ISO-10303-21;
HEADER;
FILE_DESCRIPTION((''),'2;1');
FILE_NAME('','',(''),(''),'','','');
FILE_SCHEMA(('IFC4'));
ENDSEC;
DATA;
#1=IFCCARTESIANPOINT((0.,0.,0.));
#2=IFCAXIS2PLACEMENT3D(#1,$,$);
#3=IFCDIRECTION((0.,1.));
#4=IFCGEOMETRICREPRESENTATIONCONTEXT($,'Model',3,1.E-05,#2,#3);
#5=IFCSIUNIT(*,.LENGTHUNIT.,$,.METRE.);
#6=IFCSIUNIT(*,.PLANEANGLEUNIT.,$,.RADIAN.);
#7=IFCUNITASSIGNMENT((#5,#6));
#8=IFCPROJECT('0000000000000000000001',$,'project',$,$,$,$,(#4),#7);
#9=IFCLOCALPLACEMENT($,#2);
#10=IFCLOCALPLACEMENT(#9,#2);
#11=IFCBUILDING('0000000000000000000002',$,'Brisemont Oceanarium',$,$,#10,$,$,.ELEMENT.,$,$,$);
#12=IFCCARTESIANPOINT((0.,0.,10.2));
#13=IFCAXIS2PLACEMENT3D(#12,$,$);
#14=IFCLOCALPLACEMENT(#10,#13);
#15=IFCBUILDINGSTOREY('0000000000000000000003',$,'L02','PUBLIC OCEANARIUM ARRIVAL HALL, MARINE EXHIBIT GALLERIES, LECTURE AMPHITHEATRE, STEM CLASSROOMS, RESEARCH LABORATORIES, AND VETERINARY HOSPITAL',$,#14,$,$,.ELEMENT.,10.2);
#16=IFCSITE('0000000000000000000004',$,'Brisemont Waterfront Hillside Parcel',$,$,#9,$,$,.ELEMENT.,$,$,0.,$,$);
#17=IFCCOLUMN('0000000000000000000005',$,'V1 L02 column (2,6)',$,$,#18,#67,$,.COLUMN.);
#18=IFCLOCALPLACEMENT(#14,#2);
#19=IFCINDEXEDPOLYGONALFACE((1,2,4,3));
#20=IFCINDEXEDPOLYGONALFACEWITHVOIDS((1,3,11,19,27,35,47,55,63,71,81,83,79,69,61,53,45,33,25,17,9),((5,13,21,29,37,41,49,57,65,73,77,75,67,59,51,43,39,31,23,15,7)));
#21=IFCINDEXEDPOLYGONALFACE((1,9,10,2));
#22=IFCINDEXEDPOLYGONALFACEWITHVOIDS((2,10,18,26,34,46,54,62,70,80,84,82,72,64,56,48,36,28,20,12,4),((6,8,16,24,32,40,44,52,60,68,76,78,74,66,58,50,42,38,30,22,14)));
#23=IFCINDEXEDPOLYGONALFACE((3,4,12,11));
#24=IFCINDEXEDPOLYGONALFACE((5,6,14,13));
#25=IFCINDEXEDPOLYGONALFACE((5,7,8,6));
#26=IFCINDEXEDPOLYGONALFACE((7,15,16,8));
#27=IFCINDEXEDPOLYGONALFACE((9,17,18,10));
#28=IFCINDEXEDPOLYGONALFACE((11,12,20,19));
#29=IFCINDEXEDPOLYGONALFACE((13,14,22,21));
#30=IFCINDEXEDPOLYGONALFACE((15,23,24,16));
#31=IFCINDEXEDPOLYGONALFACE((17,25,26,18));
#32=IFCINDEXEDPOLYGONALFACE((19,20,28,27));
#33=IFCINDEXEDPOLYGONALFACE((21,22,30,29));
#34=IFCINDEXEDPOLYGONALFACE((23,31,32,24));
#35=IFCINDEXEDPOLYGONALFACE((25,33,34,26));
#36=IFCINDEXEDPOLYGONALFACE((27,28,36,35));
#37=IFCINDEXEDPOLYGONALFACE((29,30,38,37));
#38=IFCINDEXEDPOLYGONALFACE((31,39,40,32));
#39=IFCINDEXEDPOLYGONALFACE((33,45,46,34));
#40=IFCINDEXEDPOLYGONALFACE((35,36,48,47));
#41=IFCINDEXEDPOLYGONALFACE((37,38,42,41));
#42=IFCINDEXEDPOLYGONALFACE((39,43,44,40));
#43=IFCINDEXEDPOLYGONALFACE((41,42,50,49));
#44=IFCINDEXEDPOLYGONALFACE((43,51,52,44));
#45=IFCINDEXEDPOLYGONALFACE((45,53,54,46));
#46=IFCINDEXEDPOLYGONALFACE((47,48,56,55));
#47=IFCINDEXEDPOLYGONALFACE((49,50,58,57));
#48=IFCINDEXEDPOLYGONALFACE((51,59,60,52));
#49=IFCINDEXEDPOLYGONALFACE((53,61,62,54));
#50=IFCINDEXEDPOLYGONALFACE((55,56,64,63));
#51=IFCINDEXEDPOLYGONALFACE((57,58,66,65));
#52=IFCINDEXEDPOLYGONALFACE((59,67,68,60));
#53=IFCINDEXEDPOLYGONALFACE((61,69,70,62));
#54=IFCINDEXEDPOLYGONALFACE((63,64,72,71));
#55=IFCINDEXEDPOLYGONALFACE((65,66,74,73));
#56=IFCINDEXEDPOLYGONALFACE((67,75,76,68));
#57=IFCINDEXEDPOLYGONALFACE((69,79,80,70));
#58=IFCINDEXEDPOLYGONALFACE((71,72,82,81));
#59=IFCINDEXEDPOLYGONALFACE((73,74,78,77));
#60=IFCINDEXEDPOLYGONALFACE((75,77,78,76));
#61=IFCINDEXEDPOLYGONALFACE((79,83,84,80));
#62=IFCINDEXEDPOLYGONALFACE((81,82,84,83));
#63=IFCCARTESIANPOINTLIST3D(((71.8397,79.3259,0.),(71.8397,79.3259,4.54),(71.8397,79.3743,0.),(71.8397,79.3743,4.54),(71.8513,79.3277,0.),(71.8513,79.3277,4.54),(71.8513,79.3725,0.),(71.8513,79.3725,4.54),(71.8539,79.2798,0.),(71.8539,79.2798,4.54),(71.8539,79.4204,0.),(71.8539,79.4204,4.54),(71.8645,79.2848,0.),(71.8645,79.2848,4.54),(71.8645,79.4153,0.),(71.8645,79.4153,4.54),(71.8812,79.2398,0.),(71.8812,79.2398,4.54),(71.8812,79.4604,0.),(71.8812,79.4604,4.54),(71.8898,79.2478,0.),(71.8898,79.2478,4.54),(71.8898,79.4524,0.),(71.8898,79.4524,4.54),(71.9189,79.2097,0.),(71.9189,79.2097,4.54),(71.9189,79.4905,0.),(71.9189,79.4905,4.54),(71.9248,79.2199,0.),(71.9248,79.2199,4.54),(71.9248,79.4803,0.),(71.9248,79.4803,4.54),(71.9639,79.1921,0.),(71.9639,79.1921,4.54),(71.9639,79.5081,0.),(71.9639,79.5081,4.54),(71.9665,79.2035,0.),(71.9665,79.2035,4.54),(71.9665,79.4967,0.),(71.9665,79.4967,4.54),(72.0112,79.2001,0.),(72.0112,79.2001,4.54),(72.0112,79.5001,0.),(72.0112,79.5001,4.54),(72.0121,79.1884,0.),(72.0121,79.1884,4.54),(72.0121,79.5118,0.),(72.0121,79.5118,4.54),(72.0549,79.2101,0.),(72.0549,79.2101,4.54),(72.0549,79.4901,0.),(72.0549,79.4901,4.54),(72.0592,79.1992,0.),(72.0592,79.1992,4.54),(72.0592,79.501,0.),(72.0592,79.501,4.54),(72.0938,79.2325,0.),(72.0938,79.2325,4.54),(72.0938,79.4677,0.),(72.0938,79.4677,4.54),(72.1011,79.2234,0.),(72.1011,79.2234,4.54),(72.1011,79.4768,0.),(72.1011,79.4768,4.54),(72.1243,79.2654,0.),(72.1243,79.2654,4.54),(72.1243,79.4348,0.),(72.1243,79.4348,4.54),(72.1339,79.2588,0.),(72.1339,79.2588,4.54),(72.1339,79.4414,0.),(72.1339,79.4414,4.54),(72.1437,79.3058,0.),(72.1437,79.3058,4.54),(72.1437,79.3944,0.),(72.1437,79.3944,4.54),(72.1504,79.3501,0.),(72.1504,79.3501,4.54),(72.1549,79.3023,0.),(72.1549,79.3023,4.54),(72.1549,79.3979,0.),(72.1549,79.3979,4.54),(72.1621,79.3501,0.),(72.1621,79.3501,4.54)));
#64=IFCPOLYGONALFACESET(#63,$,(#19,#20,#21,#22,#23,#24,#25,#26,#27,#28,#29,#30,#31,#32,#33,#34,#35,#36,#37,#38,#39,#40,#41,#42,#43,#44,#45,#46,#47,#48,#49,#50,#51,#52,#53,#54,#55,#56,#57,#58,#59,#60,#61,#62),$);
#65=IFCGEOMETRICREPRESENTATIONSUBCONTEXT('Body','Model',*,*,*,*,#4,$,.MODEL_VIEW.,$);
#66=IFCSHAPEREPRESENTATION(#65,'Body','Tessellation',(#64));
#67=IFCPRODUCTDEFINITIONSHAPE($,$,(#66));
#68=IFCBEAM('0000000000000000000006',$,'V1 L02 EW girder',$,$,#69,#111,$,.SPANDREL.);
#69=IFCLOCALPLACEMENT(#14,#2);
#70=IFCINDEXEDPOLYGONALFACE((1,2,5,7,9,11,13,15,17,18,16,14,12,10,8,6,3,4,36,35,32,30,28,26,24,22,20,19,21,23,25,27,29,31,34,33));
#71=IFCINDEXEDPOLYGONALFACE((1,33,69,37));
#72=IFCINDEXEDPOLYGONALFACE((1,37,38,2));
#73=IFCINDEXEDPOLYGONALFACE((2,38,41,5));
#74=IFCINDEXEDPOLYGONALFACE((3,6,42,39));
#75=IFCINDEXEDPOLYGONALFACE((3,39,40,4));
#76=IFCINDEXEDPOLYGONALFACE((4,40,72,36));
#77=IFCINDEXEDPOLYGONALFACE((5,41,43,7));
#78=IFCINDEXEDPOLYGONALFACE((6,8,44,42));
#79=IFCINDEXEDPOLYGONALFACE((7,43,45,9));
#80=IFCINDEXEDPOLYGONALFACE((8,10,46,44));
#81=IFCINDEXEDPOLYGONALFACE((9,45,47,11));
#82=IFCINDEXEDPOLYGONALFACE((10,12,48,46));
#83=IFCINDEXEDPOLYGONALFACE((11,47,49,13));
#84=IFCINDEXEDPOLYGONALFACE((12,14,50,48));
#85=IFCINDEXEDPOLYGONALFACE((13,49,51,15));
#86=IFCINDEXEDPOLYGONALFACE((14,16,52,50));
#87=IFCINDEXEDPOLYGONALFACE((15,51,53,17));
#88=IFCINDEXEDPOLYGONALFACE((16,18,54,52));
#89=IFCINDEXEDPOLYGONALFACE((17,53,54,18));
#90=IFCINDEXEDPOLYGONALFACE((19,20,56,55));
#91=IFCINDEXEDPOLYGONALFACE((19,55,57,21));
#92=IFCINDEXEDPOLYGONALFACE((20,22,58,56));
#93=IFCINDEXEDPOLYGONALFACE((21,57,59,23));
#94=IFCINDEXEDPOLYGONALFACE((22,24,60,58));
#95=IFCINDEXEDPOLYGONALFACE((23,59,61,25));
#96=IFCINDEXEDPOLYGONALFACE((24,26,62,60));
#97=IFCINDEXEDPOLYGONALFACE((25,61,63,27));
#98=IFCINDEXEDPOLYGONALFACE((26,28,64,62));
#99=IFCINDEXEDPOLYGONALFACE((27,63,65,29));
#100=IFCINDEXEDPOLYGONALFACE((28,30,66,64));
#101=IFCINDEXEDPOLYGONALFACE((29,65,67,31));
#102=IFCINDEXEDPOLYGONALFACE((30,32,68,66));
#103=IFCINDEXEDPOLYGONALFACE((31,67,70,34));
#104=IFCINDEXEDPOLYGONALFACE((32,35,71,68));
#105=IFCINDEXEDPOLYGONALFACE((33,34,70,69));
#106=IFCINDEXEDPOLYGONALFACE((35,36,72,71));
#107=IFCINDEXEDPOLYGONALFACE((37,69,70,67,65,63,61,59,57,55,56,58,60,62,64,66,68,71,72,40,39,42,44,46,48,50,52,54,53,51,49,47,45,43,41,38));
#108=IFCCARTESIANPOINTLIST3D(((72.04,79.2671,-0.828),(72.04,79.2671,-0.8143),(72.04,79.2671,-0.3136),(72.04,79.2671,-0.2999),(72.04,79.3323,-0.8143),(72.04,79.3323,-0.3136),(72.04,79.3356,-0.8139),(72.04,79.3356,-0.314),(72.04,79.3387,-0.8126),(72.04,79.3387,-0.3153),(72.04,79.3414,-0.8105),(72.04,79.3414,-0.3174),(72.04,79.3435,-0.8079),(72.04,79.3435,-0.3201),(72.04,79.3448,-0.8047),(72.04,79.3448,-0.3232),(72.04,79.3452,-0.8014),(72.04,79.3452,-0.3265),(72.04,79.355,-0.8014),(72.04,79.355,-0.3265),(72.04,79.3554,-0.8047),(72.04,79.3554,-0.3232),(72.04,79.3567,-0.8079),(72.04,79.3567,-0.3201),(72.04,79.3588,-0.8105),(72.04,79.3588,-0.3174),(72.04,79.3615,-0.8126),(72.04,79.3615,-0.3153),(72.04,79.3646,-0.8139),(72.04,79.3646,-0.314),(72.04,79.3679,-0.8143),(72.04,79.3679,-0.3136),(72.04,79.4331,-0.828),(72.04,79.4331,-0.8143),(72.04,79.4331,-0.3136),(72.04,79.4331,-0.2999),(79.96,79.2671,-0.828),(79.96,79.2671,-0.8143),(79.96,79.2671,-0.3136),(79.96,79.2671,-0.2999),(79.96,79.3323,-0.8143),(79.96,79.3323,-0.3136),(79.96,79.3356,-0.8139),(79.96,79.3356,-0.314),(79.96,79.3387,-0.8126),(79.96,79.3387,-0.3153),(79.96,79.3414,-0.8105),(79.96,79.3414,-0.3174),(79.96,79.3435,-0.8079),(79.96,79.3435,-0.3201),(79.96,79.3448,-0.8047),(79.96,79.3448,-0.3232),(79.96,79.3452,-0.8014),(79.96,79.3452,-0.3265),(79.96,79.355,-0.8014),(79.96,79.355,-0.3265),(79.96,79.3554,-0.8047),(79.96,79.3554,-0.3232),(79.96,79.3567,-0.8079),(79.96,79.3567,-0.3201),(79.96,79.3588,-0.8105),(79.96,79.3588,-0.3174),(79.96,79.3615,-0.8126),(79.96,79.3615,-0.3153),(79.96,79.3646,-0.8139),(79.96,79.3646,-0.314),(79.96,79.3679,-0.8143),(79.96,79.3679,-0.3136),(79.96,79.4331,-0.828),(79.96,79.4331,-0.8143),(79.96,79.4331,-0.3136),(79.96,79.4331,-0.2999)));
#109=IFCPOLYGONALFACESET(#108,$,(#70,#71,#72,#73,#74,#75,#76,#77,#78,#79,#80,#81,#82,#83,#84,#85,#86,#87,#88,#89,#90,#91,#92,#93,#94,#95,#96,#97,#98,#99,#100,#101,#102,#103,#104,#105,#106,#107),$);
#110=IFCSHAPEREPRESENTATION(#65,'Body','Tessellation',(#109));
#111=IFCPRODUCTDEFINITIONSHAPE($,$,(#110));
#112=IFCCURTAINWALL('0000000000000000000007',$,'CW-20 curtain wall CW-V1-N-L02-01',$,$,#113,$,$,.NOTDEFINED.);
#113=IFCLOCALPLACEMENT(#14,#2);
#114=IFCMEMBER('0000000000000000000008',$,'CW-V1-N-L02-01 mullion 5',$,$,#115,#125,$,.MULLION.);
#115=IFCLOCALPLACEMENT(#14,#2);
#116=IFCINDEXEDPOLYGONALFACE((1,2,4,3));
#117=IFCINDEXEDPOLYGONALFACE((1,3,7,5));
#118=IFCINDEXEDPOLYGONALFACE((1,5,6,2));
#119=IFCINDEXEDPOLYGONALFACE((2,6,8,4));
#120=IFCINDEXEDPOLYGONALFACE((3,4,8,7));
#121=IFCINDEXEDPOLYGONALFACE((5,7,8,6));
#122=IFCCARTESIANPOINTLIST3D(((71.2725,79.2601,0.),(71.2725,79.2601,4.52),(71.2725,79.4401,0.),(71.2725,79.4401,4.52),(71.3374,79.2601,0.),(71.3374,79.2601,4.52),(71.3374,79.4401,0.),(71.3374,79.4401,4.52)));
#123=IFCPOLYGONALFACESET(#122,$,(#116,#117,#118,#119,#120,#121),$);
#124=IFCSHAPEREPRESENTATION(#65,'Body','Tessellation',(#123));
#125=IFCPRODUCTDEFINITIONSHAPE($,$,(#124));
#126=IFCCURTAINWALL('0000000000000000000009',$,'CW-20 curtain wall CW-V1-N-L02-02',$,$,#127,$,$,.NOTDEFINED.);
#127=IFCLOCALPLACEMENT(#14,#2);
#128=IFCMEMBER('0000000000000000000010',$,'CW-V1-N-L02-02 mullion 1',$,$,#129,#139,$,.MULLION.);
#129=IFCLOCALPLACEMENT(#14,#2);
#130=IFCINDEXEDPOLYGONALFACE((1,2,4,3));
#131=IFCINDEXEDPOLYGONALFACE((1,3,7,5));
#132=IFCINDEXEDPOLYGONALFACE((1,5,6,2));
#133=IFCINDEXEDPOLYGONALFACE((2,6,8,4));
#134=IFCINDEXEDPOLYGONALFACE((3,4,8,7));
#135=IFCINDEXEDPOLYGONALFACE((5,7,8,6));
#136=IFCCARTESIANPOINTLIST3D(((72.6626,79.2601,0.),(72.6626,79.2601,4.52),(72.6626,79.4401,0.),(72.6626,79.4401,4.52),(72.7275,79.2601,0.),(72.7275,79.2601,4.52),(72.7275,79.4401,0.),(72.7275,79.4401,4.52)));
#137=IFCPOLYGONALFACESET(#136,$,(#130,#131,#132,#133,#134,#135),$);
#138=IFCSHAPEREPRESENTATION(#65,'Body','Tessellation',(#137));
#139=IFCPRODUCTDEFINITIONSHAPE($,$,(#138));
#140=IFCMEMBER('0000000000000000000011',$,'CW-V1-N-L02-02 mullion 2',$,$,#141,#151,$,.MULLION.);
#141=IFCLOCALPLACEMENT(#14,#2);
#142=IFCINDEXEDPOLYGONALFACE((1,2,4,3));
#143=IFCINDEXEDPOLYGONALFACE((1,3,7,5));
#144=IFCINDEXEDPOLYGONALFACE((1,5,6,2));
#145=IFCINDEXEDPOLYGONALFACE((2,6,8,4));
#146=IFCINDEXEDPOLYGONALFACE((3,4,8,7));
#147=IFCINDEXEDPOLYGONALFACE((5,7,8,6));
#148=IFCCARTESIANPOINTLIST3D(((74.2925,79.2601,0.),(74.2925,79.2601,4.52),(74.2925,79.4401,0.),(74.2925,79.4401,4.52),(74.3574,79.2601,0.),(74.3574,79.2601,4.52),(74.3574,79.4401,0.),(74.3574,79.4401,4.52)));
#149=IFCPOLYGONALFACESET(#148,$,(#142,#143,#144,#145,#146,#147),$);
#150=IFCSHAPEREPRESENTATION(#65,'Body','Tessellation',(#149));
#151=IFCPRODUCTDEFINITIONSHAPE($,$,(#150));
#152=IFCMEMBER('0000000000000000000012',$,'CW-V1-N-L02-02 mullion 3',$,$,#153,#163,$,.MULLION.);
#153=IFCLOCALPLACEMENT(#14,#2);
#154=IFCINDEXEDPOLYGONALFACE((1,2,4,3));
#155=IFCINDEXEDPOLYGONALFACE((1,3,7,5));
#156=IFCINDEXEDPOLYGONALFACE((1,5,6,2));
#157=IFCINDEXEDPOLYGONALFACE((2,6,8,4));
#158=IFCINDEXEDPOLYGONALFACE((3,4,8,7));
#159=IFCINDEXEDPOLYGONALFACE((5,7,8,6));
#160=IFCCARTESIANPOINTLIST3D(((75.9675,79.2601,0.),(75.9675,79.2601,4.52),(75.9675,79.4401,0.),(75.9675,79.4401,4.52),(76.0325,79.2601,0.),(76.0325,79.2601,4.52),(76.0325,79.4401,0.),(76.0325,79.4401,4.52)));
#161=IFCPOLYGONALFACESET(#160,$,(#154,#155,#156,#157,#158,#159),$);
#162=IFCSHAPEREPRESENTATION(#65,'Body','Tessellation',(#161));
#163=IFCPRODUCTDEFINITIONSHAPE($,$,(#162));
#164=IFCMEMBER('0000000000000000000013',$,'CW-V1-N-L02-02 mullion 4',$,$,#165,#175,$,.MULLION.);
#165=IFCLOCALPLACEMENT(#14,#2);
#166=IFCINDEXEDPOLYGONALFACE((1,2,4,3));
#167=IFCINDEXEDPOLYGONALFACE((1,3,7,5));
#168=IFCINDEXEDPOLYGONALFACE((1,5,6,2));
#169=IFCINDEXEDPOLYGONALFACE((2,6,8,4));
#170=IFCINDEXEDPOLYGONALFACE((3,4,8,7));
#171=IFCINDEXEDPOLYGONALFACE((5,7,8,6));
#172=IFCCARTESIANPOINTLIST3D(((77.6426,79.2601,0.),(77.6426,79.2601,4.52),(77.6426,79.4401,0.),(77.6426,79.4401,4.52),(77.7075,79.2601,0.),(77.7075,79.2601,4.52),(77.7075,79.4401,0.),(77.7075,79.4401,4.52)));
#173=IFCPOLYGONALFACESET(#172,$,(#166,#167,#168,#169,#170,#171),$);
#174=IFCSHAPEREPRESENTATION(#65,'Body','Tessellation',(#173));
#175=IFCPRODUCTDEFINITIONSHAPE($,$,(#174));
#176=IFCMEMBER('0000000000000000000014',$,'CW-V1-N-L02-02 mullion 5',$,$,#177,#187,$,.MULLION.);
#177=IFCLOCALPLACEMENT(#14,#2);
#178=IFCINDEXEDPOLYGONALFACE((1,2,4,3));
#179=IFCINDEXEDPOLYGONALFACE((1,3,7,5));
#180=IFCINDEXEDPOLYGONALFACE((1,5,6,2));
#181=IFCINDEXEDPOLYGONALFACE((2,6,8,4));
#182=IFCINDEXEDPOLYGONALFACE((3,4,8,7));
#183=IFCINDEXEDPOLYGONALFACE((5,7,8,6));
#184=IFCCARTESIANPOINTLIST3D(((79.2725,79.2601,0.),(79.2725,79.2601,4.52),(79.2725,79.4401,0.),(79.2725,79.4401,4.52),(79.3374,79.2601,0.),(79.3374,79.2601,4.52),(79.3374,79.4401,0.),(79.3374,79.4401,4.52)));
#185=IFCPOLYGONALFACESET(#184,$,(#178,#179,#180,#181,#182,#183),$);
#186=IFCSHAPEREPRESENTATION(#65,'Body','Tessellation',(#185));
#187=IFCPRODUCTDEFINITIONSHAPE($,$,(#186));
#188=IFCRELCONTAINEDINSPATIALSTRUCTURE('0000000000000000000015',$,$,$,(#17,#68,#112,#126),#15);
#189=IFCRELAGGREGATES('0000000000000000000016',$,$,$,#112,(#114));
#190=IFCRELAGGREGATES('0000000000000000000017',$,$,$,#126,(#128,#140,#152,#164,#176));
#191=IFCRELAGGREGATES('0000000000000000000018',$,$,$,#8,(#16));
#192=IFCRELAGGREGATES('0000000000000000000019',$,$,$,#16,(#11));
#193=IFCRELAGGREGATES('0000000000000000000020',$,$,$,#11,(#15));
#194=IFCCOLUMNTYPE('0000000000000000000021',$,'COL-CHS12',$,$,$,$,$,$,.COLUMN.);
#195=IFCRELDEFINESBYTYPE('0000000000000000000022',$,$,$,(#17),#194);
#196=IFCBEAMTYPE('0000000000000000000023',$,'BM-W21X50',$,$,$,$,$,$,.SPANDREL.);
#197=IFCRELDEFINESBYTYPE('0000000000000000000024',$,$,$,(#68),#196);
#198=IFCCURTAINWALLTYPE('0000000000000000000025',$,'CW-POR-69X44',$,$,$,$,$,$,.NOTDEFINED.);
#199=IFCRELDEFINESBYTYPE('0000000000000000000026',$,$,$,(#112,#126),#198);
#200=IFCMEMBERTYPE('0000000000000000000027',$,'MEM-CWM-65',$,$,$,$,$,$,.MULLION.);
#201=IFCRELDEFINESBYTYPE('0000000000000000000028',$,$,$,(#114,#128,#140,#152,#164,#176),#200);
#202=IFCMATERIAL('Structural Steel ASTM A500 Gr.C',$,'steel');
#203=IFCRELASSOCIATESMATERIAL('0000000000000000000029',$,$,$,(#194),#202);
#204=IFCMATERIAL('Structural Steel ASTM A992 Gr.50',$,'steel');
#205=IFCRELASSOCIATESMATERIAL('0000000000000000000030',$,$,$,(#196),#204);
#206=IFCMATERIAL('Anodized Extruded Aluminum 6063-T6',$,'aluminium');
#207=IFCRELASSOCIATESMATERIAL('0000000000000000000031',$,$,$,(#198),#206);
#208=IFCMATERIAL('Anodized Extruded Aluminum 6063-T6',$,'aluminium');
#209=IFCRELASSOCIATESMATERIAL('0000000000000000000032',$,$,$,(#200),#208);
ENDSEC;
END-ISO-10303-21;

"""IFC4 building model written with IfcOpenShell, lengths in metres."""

from ifc_helpers import new_model, si_unit, direction, frame, origin, origin_2d, place, context, subcontext, project, spatial, rectangle, hollow_circle, i_section, extrude, material, material_profile, profile_set, type_object, element, aggregate, save


model = new_model("IFC4")

# Units and contexts
model_context = context("Model", 3, precision=1e-05, world=origin(), true_north=direction((0.0, 1.0)))
body_context = subcontext(model_context, "Body", "Model", "MODEL_VIEW")
ifc_project = project(units=[si_unit("LENGTHUNIT", "METRE"), si_unit("PLANEANGLEUNIT", "RADIAN")], contexts=[model_context])

# Site, building, storey
site_placement = place(None, origin())
site = spatial("IfcSite", under=ifc_project, at=site_placement, Name="Brisemont Waterfront Hillside Parcel", CompositionType="ELEMENT", RefElevation=0.0)
building_placement = place(site_placement, origin())
building = spatial("IfcBuilding", under=site, at=building_placement, Name="Brisemont Oceanarium", CompositionType="ELEMENT")
storey_placement = place(building_placement, frame((0.0, 0.0, 10.2)))
storey = spatial("IfcBuildingStorey", under=building, at=storey_placement, Name="L02", Description="PUBLIC OCEANARIUM ARRIVAL HALL, MARINE EXHIBIT GALLERIES, LECTURE AMPHITHEATRE, STEM CLASSROOMS, RESEARCH LABORATORIES, AND VETERINARY HOSPITAL", CompositionType="ELEMENT", Elevation=10.2)

# Column
ifc_material_1 = material(Name="Structural Steel ASTM A500 Gr.C", Category="steel")
ifc_material_profile_1 = material_profile(ifc_material_1, hollow_circle(Radius=0.1621, WallThickness=0.0117, at=origin_2d()), Name="HSS12.750X0.500")
ifc_profile_set_1 = profile_set([ifc_material_profile_1], Name="Structural Steel ASTM A500 Gr.C")
column_type = type_object("IfcColumnType", Name="COL-CHS12", PredefinedType="COLUMN", material=ifc_profile_set_1)
column_placement = place(storey_placement, frame((72.0, 79.3501, 0.0), z_axis=(0.0, 0.0, 1.0), x_axis=(1.0, 0.0, 0.0)))
element("IfcColumn", 1, at=column_placement, inside=storey, type_object=column_type, Name="V1 L02 column (2,6)", PredefinedType="COLUMN", context=body_context, shape_type="SweptSolid", body=[
    extrude(hollow_circle(Radius=0.1621, WallThickness=0.0117, at=origin_2d()), origin(), (0.0, 0.0, 1.0), 4.54),
])

# Beam
ifc_material_2 = material(Name="Structural Steel ASTM A992 Gr.50", Category="steel")
ifc_material_profile_2 = material_profile(ifc_material_2, i_section(OverallWidth=0.166, OverallDepth=0.5281, WebThickness=0.0098, FlangeThickness=0.0137, FilletRadius=0.0129, at=origin_2d()), Name="W21X50")
ifc_profile_set_2 = profile_set([ifc_material_profile_2], Name="Structural Steel ASTM A992 Gr.50")
beam_type = type_object("IfcBeamType", Name="BM-W21X50", PredefinedType="SPANDREL", material=ifc_profile_set_2)
beam_placement = place(storey_placement, frame((72.04, 79.3501, -0.564), z_axis=(1.0, 0.0, 0.0), x_axis=(0.0, 1.0, 0.0)))
element("IfcBeam", 2, at=beam_placement, inside=storey, type_object=beam_type, Name="V1 L02 EW girder", PredefinedType="SPANDREL", context=body_context, shape_type="SweptSolid", body=[
    extrude(i_section(OverallWidth=0.166, OverallDepth=0.5281, WebThickness=0.0098, FlangeThickness=0.0137, FilletRadius=0.0129, at=origin_2d()), origin(), (0.0, 0.0, 1.0), 7.9199),
])

# Curtain wall, member
ifc_material_3 = material(Name="Anodized Extruded Aluminum 6063-T6", Category="aluminium")
curtain_wall_type = type_object("IfcCurtainWallType", Name="CW-POR-69X44", PredefinedType="NOTDEFINED", material=ifc_material_3)
curtain_wall_1_placement = place(storey_placement, origin())
curtain_wall_1 = element("IfcCurtainWall", 3, at=curtain_wall_1_placement, inside=storey, type_object=curtain_wall_type, Name="CW-20 curtain wall CW-V1-N-L02-01", PredefinedType="NOTDEFINED")
ifc_material_4 = material(Name="Anodized Extruded Aluminum 6063-T6", Category="aluminium")
ifc_material_profile_3 = material_profile(ifc_material_4, rectangle(XDim=0.0649, YDim=0.1799, at=origin_2d()), Name="CWM-65X180")
ifc_profile_set_3 = profile_set([ifc_material_profile_3], Name="Anodized Extruded Aluminum 6063-T6")
member_type_1 = type_object("IfcMemberType", Name="MEM-CWM-65", PredefinedType="MULLION", material=ifc_profile_set_3)
member_1_placement = place(storey_placement, frame((71.3049, 79.3501, 0.0), z_axis=(0.0, 0.0, 1.0), x_axis=(1.0, 0.0, 0.0)))
member_1 = element("IfcMember", 4, at=member_1_placement, type_object=member_type_1, Name="CW-V1-N-L02-01 mullion 5", PredefinedType="MULLION", context=body_context, shape_type="SweptSolid", body=[
    extrude(rectangle(XDim=0.0649, YDim=0.1799, at=origin_2d()), origin(), (0.0, 0.0, 1.0), 4.52),
])

# Curtain wall, members
curtain_wall_2_placement = place(storey_placement, origin())
curtain_wall_2 = element("IfcCurtainWall", 5, at=curtain_wall_2_placement, inside=storey, type_object=curtain_wall_type, Name="CW-20 curtain wall CW-V1-N-L02-02", PredefinedType="NOTDEFINED")
member_2_placement = place(storey_placement, frame((72.6951, 79.3501, 0.0), z_axis=(0.0, 0.0, 1.0), x_axis=(1.0, 0.0, 0.0)))
member_2 = element("IfcMember", 6, at=member_2_placement, type_object=member_type_1, Name="CW-V1-N-L02-02 mullion 1", PredefinedType="MULLION", context=body_context, shape_type="SweptSolid", body=[
    extrude(rectangle(XDim=0.0649, YDim=0.1799, at=origin_2d()), origin(), (0.0, 0.0, 1.0), 4.52),
])
member_3_placement = place(storey_placement, frame((74.325, 79.3501, 0.0), z_axis=(0.0, 0.0, 1.0), x_axis=(1.0, 0.0, 0.0)))
member_3 = element("IfcMember", 7, at=member_3_placement, type_object=member_type_1, Name="CW-V1-N-L02-02 mullion 2", PredefinedType="MULLION", context=body_context, shape_type="SweptSolid", body=[
    extrude(rectangle(XDim=0.0649, YDim=0.1799, at=origin_2d()), origin(), (0.0, 0.0, 1.0), 4.52),
])
member_4_placement = place(storey_placement, frame((76.0, 79.3501, 0.0), z_axis=(0.0, 0.0, 1.0), x_axis=(1.0, 0.0, 0.0)))
member_4 = element("IfcMember", 8, at=member_4_placement, type_object=member_type_1, Name="CW-V1-N-L02-02 mullion 3", PredefinedType="MULLION", context=body_context, shape_type="SweptSolid", body=[
    extrude(rectangle(XDim=0.0649, YDim=0.1799, at=origin_2d()), origin(), (0.0, 0.0, 1.0), 4.52),
])
member_5_placement = place(storey_placement, frame((77.675, 79.3501, 0.0), z_axis=(0.0, 0.0, 1.0), x_axis=(1.0, 0.0, 0.0)))
member_5 = element("IfcMember", 9, at=member_5_placement, type_object=member_type_1, Name="CW-V1-N-L02-02 mullion 4", PredefinedType="MULLION", context=body_context, shape_type="SweptSolid", body=[
    extrude(rectangle(XDim=0.0649, YDim=0.1799, at=origin_2d()), origin(), (0.0, 0.0, 1.0), 4.52),
])
member_6_placement = place(storey_placement, frame((79.3049, 79.3501, 0.0), z_axis=(0.0, 0.0, 1.0), x_axis=(1.0, 0.0, 0.0)))
member_6 = element("IfcMember", 10, at=member_6_placement, type_object=member_type_1, Name="CW-V1-N-L02-02 mullion 5", PredefinedType="MULLION", context=body_context, shape_type="SweptSolid", body=[
    extrude(rectangle(XDim=0.0649, YDim=0.1799, at=origin_2d()), origin(), (0.0, 0.0, 1.0), 4.52),
])

aggregate(curtain_wall_1, [member_1])
aggregate(curtain_wall_2, [member_2, member_3, member_4, member_5, member_6])

save(model, "model.ifc")
